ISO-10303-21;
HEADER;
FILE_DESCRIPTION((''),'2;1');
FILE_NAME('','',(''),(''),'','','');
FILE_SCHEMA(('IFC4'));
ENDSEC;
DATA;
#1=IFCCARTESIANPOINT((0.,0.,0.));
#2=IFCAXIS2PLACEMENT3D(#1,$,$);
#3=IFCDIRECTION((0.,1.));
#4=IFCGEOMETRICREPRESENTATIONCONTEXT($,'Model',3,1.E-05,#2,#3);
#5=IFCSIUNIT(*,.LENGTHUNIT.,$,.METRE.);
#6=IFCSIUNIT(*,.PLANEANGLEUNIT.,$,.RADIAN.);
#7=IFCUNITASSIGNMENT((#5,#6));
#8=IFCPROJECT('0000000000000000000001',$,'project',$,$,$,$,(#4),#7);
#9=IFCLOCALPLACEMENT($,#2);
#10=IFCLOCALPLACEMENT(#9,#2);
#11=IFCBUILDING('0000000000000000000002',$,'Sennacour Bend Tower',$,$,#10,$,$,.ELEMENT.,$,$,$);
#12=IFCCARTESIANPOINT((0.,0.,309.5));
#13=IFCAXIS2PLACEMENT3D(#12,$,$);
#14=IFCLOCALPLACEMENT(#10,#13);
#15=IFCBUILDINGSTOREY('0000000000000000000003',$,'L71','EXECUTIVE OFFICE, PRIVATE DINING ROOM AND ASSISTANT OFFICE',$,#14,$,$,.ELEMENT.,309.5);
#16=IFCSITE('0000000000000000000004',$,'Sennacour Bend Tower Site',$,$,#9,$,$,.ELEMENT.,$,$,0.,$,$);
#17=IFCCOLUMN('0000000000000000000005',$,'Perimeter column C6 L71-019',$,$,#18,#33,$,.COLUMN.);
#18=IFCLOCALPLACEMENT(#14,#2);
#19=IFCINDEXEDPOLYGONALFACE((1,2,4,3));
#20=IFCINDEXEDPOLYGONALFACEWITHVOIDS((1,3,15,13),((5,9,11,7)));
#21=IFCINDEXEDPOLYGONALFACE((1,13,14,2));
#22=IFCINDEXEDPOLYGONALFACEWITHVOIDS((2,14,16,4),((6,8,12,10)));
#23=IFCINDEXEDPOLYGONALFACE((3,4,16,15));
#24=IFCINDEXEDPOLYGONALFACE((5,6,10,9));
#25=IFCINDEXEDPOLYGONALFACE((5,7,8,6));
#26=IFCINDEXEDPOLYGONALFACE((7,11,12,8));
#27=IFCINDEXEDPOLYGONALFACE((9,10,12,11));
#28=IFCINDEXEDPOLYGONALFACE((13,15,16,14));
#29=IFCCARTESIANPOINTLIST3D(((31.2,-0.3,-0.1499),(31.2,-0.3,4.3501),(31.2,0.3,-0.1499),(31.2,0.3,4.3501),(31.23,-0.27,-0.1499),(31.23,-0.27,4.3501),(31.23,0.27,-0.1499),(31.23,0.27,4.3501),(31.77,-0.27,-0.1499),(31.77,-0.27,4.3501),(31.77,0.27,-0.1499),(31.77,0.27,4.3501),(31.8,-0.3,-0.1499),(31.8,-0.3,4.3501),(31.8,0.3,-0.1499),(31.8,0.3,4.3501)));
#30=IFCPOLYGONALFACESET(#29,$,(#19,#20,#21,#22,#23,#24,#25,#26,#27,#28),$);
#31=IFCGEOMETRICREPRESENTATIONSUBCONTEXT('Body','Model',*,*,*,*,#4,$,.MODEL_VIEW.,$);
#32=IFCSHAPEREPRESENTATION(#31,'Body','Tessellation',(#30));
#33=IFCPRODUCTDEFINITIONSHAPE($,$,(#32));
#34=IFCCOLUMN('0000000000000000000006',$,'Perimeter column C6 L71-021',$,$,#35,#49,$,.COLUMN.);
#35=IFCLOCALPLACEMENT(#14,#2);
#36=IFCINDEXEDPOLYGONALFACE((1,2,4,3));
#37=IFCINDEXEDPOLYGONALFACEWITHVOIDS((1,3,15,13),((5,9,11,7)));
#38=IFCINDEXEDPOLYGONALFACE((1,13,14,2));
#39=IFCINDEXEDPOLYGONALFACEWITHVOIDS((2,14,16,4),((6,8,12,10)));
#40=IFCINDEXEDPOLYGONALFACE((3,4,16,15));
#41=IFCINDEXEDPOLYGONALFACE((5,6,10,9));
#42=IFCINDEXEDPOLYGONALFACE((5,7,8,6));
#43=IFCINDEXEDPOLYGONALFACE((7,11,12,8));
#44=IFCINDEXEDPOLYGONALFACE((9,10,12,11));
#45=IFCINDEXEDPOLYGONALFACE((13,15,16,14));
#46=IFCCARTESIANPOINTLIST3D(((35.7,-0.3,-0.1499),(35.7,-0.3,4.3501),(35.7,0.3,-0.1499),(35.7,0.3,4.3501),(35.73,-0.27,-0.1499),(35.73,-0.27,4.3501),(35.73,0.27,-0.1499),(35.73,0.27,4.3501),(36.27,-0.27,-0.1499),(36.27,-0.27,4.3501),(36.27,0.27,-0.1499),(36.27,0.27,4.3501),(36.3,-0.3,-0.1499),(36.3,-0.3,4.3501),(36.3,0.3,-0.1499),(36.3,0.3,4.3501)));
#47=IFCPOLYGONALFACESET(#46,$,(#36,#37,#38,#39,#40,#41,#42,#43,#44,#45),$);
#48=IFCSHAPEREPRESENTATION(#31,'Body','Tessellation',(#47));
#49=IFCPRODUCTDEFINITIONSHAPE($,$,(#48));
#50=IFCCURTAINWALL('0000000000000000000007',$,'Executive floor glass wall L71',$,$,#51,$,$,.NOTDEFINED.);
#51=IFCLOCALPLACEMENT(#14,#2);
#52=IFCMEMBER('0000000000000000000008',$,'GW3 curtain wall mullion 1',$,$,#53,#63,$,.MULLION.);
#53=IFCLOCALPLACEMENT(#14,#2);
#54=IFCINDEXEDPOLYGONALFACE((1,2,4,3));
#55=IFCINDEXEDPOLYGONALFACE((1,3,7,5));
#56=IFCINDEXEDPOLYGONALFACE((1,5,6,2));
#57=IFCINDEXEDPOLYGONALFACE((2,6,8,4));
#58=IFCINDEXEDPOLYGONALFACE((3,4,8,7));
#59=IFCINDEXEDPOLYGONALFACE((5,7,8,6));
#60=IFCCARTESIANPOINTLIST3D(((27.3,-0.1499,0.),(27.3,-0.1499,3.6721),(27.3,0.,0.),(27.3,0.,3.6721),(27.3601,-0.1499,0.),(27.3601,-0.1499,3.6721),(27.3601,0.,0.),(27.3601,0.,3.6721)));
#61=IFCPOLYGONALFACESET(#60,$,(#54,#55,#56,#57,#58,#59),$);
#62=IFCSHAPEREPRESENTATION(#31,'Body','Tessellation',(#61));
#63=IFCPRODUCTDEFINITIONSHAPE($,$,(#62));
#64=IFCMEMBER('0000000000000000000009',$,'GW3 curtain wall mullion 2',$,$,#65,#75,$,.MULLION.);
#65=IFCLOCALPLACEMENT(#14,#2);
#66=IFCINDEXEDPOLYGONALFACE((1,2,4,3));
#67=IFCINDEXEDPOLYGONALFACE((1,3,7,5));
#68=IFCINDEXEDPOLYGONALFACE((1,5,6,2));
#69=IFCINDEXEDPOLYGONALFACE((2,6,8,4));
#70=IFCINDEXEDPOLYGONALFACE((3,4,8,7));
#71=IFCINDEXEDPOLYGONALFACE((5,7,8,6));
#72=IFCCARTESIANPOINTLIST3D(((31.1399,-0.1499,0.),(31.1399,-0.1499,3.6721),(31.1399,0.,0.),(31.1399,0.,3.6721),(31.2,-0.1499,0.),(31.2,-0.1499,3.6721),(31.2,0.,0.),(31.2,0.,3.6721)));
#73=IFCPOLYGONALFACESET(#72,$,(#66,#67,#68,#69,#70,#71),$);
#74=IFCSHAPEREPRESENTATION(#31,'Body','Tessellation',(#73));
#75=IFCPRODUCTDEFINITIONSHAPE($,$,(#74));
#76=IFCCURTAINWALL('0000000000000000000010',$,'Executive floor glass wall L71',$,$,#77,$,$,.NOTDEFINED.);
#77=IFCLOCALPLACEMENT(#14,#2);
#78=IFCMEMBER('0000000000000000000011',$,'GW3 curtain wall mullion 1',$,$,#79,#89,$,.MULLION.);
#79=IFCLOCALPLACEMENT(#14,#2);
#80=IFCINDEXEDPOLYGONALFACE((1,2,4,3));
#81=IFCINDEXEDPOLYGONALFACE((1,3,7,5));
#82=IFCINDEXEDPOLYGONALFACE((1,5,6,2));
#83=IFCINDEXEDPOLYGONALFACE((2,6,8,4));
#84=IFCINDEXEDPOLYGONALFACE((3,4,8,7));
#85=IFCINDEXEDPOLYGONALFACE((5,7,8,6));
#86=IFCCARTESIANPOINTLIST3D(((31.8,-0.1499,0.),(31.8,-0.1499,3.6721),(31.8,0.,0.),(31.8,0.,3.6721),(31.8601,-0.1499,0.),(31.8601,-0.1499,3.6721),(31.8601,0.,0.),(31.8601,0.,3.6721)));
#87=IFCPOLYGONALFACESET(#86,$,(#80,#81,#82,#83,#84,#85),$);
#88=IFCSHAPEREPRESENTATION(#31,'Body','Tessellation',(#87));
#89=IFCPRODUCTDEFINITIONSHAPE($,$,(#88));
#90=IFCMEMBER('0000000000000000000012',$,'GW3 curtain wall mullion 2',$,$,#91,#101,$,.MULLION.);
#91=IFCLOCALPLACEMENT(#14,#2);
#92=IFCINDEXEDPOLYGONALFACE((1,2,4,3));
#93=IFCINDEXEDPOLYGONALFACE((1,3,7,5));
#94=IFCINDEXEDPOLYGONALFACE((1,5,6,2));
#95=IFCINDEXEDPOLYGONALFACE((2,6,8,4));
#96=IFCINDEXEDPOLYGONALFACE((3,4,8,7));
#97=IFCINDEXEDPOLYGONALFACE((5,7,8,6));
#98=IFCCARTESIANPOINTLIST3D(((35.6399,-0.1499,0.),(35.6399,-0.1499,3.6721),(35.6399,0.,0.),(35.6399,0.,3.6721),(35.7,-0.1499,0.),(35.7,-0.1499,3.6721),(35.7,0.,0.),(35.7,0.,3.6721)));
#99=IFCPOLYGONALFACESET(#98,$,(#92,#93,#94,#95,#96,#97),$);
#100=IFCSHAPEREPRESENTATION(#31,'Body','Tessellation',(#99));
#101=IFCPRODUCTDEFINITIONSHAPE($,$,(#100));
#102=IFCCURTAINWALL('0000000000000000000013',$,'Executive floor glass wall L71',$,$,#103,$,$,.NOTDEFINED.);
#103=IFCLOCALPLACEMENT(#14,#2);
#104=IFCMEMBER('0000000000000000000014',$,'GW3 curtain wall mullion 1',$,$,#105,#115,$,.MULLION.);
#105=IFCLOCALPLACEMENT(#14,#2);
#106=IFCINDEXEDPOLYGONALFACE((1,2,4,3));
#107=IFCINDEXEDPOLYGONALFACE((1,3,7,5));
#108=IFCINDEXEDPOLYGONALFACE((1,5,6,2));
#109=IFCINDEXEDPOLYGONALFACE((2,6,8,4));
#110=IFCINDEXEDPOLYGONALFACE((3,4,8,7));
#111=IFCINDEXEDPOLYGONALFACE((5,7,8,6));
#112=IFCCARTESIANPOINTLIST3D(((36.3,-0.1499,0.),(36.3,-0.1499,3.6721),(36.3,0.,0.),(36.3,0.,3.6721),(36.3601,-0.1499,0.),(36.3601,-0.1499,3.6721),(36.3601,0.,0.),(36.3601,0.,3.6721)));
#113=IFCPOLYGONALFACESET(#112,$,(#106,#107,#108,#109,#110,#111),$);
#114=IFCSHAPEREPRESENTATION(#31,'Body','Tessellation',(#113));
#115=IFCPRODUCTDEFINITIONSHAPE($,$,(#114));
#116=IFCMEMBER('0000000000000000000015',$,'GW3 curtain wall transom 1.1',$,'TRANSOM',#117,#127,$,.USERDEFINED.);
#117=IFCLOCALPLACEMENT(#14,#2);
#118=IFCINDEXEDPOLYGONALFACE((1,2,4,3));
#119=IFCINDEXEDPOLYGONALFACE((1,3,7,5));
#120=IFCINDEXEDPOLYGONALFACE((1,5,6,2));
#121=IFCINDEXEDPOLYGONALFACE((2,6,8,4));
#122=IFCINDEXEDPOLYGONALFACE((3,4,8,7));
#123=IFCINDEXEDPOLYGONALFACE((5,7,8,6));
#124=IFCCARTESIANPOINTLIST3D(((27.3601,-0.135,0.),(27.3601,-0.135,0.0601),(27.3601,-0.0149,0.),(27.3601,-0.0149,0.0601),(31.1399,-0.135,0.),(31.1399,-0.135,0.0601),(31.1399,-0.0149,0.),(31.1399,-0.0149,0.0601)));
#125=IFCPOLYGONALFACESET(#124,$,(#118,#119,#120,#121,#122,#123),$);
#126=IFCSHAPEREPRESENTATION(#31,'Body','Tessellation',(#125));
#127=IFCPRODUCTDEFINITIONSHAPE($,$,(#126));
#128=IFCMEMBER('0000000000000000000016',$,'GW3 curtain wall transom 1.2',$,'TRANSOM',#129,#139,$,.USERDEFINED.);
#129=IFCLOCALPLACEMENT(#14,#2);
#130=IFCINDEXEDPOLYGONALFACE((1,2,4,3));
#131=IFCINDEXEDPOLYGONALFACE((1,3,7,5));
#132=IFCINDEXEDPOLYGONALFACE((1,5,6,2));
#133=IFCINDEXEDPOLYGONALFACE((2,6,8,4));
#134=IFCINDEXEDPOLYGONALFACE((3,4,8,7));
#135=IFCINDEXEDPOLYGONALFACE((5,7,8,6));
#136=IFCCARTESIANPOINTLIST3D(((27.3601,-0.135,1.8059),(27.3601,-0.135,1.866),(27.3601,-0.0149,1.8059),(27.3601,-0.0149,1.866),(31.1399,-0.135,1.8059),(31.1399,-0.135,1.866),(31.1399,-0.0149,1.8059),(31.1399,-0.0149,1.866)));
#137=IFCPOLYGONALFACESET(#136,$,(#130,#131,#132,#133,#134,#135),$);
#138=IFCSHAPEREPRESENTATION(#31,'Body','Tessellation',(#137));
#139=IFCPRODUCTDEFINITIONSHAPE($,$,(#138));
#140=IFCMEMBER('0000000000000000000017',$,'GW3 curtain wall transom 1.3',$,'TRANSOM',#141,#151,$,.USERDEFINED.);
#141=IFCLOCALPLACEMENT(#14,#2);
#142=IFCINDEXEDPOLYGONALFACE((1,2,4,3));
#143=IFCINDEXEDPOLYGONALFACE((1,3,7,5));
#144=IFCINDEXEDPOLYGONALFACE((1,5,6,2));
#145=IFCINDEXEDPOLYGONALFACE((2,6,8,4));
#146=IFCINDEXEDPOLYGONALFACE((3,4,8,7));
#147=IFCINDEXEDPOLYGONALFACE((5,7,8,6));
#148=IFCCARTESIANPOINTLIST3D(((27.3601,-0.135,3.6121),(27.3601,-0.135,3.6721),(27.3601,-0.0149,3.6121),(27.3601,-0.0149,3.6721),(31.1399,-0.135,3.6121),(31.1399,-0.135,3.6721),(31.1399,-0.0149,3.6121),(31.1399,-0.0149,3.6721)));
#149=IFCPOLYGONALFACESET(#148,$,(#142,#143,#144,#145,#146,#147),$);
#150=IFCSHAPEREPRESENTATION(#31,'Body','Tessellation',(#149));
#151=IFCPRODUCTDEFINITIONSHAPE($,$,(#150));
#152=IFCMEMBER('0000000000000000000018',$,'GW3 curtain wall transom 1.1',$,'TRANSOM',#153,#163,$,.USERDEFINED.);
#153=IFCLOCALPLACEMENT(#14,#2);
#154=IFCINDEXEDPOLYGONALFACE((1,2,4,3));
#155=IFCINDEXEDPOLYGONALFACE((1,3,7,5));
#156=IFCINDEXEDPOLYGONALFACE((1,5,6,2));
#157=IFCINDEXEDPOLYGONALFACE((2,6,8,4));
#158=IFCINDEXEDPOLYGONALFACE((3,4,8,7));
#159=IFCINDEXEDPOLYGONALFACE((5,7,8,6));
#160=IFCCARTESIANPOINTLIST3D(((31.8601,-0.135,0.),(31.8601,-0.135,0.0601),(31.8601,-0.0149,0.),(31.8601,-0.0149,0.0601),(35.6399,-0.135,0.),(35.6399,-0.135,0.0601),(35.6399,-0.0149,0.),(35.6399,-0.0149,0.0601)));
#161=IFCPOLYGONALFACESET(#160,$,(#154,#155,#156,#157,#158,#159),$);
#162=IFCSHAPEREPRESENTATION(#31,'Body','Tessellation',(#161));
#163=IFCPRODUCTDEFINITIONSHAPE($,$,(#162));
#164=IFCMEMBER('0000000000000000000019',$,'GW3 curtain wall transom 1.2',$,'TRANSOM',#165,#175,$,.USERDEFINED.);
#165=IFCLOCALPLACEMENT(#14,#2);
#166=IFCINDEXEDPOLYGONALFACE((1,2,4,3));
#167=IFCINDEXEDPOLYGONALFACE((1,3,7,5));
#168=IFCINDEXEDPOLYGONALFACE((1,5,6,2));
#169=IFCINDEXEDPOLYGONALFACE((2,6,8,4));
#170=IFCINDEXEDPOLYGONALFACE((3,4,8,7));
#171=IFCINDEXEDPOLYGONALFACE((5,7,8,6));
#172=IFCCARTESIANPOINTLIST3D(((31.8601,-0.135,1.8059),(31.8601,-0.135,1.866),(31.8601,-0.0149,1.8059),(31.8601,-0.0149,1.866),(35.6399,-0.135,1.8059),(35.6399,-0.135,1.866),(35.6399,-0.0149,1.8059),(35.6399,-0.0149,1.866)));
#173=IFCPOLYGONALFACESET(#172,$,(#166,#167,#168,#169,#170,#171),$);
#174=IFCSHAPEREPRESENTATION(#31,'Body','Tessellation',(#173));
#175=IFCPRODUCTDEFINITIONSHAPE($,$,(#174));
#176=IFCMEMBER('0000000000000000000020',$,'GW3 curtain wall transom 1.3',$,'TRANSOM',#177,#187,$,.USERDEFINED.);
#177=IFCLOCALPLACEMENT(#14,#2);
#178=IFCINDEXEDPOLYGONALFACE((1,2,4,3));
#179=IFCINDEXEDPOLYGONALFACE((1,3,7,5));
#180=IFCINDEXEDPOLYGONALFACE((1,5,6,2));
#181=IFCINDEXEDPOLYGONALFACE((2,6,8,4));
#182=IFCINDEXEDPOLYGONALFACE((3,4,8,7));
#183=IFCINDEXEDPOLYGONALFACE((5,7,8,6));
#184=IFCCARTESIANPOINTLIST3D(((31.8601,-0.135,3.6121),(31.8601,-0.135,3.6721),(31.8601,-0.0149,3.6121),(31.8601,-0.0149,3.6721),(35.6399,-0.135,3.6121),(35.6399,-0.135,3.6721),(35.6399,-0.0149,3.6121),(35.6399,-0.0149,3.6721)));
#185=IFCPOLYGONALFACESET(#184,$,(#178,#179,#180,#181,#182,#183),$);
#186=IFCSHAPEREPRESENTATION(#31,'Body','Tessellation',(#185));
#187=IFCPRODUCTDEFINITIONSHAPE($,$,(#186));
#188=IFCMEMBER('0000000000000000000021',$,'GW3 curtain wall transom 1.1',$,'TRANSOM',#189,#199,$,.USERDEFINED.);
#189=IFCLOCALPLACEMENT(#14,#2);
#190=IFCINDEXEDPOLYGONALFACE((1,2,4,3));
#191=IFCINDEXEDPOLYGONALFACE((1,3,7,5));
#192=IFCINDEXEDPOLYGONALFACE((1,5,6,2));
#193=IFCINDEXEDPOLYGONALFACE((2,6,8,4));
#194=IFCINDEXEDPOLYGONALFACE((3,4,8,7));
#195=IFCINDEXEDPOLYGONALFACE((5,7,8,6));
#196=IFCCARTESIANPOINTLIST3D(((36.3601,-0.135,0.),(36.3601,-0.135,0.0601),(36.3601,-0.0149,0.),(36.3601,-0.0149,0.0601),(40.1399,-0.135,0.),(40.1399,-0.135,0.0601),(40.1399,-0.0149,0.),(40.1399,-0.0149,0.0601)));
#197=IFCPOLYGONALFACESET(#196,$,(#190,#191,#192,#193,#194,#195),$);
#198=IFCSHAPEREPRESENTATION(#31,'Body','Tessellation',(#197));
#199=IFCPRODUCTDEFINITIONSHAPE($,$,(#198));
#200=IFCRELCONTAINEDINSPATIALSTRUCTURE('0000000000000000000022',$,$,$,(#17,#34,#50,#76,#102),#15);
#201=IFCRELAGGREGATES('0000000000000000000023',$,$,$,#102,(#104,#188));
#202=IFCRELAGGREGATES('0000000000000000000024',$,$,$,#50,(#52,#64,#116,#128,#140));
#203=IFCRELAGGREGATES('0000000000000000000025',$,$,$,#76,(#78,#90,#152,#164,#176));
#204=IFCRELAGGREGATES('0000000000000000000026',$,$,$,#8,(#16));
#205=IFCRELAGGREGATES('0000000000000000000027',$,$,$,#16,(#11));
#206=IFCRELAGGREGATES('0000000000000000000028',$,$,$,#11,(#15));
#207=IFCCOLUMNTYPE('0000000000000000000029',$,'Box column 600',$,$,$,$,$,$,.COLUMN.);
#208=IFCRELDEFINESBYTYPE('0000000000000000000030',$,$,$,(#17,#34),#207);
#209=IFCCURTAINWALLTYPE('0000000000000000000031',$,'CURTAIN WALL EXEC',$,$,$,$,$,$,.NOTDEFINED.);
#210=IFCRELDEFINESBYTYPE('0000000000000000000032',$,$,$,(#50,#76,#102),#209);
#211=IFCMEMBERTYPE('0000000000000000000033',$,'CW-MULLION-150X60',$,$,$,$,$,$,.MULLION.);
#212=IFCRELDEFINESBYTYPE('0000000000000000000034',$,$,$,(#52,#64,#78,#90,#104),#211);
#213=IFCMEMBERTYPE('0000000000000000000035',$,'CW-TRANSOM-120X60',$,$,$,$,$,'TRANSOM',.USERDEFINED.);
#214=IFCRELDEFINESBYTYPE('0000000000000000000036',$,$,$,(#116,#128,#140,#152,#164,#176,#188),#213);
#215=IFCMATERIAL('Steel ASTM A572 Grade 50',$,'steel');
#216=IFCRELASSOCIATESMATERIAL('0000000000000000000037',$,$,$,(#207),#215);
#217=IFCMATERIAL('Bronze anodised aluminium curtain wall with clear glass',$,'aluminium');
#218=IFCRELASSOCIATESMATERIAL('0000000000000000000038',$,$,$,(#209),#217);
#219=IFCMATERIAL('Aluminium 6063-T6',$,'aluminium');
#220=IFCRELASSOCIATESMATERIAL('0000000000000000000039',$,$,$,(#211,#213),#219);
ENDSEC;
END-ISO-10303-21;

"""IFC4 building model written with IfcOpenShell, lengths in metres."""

from ifc_helpers import new_model, si_unit, direction, frame, origin, origin_2d, place, context, subcontext, project, spatial, rectangle, hollow_rectangle, extrude, material, material_profile, profile_set, type_object, element, aggregate, save


model = new_model("IFC4")

# Units and contexts
model_context = context("Model", 3, precision=1e-05, world=origin(), true_north=direction((0.0, 1.0)))
body_context = subcontext(model_context, "Body", "Model", "MODEL_VIEW")
ifc_project = project(units=[si_unit("LENGTHUNIT", "METRE"), si_unit("PLANEANGLEUNIT", "RADIAN")], contexts=[model_context])

# Site, building, storey
site_placement = place(None, origin())
site = spatial("IfcSite", under=ifc_project, at=site_placement, Name="Sennacour Bend Tower Site", CompositionType="ELEMENT", RefElevation=0.0)
building_placement = place(site_placement, origin())
building = spatial("IfcBuilding", under=site, at=building_placement, Name="Sennacour Bend Tower", CompositionType="ELEMENT")
storey_placement = place(building_placement, frame((0.0, 0.0, 309.5)))
storey = spatial("IfcBuildingStorey", under=building, at=storey_placement, Name="L71", Description="EXECUTIVE OFFICE, PRIVATE DINING ROOM AND ASSISTANT OFFICE", CompositionType="ELEMENT", Elevation=309.5)

# Columns
ifc_material_1 = material(Name="Steel ASTM A572 Grade 50", Category="steel")
ifc_material_profile_1 = material_profile(ifc_material_1, hollow_rectangle(XDim=0.6001, YDim=0.6001, WallThickness=0.03, at=origin_2d()), Name="Steel ASTM A572 Grade 50", Category="steel")
ifc_profile_set_1 = profile_set([ifc_material_profile_1], Name="Steel ASTM A572 Grade 50")
column_type = type_object("IfcColumnType", Name="Box column 600", PredefinedType="COLUMN", material=ifc_profile_set_1)
for number, where, z_axis, x_axis, name in (
    (1, (31.5, 0.0, -0.1499), (0.0, 0.0, 1.0), (1.0, 0.0, 0.0), "Perimeter column C6 L71-019"),
    (2, (36.0, 0.0, -0.1499), (0.0, 0.0, 1.0), (1.0, 0.0, 0.0), "Perimeter column C6 L71-021"),
):
    element("IfcColumn", number, at=place(storey_placement, frame(where, z_axis=z_axis, x_axis=x_axis)), inside=storey, type_object=column_type, Name=name, PredefinedType="COLUMN", context=body_context, shape_type="SweptSolid", body=[
        extrude(hollow_rectangle(XDim=0.6001, YDim=0.6001, WallThickness=0.03, at=origin_2d()), origin(), (0.0, 0.0, 1.0), 4.5),
    ])

# Curtain walls, members
ifc_material_2 = material(Name="Bronze anodised aluminium curtain wall with clear glass", Category="aluminium")
curtain_wall_type = type_object("IfcCurtainWallType", Name="CURTAIN WALL EXEC", PredefinedType="NOTDEFINED", material=ifc_material_2)
curtain_wall_1_placement = place(storey_placement, origin())
curtain_wall_1 = element("IfcCurtainWall", 3, at=curtain_wall_1_placement, inside=storey, type_object=curtain_wall_type, Name="Executive floor glass wall L71", PredefinedType="NOTDEFINED")
ifc_material_3 = material(Name="Aluminium 6063-T6", Category="aluminium")
ifc_material_profile_2 = material_profile(ifc_material_3, rectangle(XDim=0.1499, YDim=0.0601, at=origin_2d()), Name="Aluminium 6063-T6", Category="aluminium")
ifc_profile_set_2 = profile_set([ifc_material_profile_2], Name="Aluminium 6063-T6")
member_type_1 = type_object("IfcMemberType", Name="CW-MULLION-150X60", PredefinedType="MULLION", material=ifc_profile_set_2)
member_1_placement = place(storey_placement, frame((27.3301, -0.075, 0.0), z_axis=(0.0, 0.0, 1.0), x_axis=(0.0, 1.0, 0.0)))
member_1 = element("IfcMember", 4, at=member_1_placement, type_object=member_type_1, Name="GW3 curtain wall mullion 1", PredefinedType="MULLION", context=body_context, shape_type="SweptSolid", body=[
    extrude(rectangle(XDim=0.1499, YDim=0.0601, at=origin_2d()), origin(), (0.0, 0.0, 1.0), 3.6721),
])
member_2_placement = place(storey_placement, frame((31.1699, -0.075, 0.0), z_axis=(0.0, 0.0, 1.0), x_axis=(0.0, 1.0, 0.0)))
member_2 = element("IfcMember", 5, at=member_2_placement, type_object=member_type_1, Name="GW3 curtain wall mullion 2", PredefinedType="MULLION", context=body_context, shape_type="SweptSolid", body=[
    extrude(rectangle(XDim=0.1499, YDim=0.0601, at=origin_2d()), origin(), (0.0, 0.0, 1.0), 3.6721),
])
curtain_wall_2_placement = place(storey_placement, origin())
curtain_wall_2 = element("IfcCurtainWall", 6, at=curtain_wall_2_placement, inside=storey, type_object=curtain_wall_type, Name="Executive floor glass wall L71", PredefinedType="NOTDEFINED")
member_3_placement = place(storey_placement, frame((31.8301, -0.075, 0.0), z_axis=(0.0, 0.0, 1.0), x_axis=(0.0, 1.0, 0.0)))
member_3 = element("IfcMember", 7, at=member_3_placement, type_object=member_type_1, Name="GW3 curtain wall mullion 1", PredefinedType="MULLION", context=body_context, shape_type="SweptSolid", body=[
    extrude(rectangle(XDim=0.1499, YDim=0.0601, at=origin_2d()), origin(), (0.0, 0.0, 1.0), 3.6721),
])
member_4_placement = place(storey_placement, frame((35.6699, -0.075, 0.0), z_axis=(0.0, 0.0, 1.0), x_axis=(0.0, 1.0, 0.0)))
member_4 = element("IfcMember", 8, at=member_4_placement, type_object=member_type_1, Name="GW3 curtain wall mullion 2", PredefinedType="MULLION", context=body_context, shape_type="SweptSolid", body=[
    extrude(rectangle(XDim=0.1499, YDim=0.0601, at=origin_2d()), origin(), (0.0, 0.0, 1.0), 3.6721),
])

# Curtain wall, member
curtain_wall_3_placement = place(storey_placement, origin())
curtain_wall_3 = element("IfcCurtainWall", 9, at=curtain_wall_3_placement, inside=storey, type_object=curtain_wall_type, Name="Executive floor glass wall L71", PredefinedType="NOTDEFINED")
member_5_placement = place(storey_placement, frame((36.3301, -0.075, 0.0), z_axis=(0.0, 0.0, 1.0), x_axis=(0.0, 1.0, 0.0)))
member_5 = element("IfcMember", 10, at=member_5_placement, type_object=member_type_1, Name="GW3 curtain wall mullion 1", PredefinedType="MULLION", context=body_context, shape_type="SweptSolid", body=[
    extrude(rectangle(XDim=0.1499, YDim=0.0601, at=origin_2d()), origin(), (0.0, 0.0, 1.0), 3.6721),
])

# Members
ifc_material_profile_3 = material_profile(ifc_material_3, rectangle(XDim=0.1201, YDim=0.0601, at=origin_2d()), Name="Aluminium 6063-T6", Category="aluminium")
ifc_profile_set_3 = profile_set([ifc_material_profile_3], Name="Aluminium 6063-T6")
member_type_2 = type_object("IfcMemberType", Name="CW-TRANSOM-120X60", ElementType="TRANSOM", PredefinedType="USERDEFINED", material=ifc_profile_set_3)
member_6_placement = place(storey_placement, frame((27.3601, -0.075, 0.03), z_axis=(1.0, 0.0, 0.0), x_axis=(0.0, 1.0, 0.0)))
member_6 = element("IfcMember", 11, at=member_6_placement, type_object=member_type_2, Name="GW3 curtain wall transom 1.1", ObjectType="TRANSOM", PredefinedType="USERDEFINED", context=body_context, shape_type="SweptSolid", body=[
    extrude(rectangle(XDim=0.1201, YDim=0.0601, at=origin_2d()), origin(), (0.0, 0.0, 1.0), 3.7798),
])
member_7_placement = place(storey_placement, frame((27.3601, -0.075, 1.8359), z_axis=(1.0, 0.0, 0.0), x_axis=(0.0, 1.0, 0.0)))
member_7 = element("IfcMember", 12, at=member_7_placement, type_object=member_type_2, Name="GW3 curtain wall transom 1.2", ObjectType="TRANSOM", PredefinedType="USERDEFINED", context=body_context, shape_type="SweptSolid", body=[
    extrude(rectangle(XDim=0.1201, YDim=0.0601, at=origin_2d()), origin(), (0.0, 0.0, 1.0), 3.7798),
])
member_8_placement = place(storey_placement, frame((27.3601, -0.075, 3.6421), z_axis=(1.0, 0.0, 0.0), x_axis=(0.0, 1.0, 0.0)))
member_8 = element("IfcMember", 13, at=member_8_placement, type_object=member_type_2, Name="GW3 curtain wall transom 1.3", ObjectType="TRANSOM", PredefinedType="USERDEFINED", context=body_context, shape_type="SweptSolid", body=[
    extrude(rectangle(XDim=0.1201, YDim=0.0601, at=origin_2d()), origin(), (0.0, 0.0, 1.0), 3.7798),
])
member_9_placement = place(storey_placement, frame((31.8601, -0.075, 0.03), z_axis=(1.0, 0.0, 0.0), x_axis=(0.0, 1.0, 0.0)))
member_9 = element("IfcMember", 14, at=member_9_placement, type_object=member_type_2, Name="GW3 curtain wall transom 1.1", ObjectType="TRANSOM", PredefinedType="USERDEFINED", context=body_context, shape_type="SweptSolid", body=[
    extrude(rectangle(XDim=0.1201, YDim=0.0601, at=origin_2d()), origin(), (0.0, 0.0, 1.0), 3.7798),
])
member_10_placement = place(storey_placement, frame((31.8601, -0.075, 1.8359), z_axis=(1.0, 0.0, 0.0), x_axis=(0.0, 1.0, 0.0)))
member_10 = element("IfcMember", 15, at=member_10_placement, type_object=member_type_2, Name="GW3 curtain wall transom 1.2", ObjectType="TRANSOM", PredefinedType="USERDEFINED", context=body_context, shape_type="SweptSolid", body=[
    extrude(rectangle(XDim=0.1201, YDim=0.0601, at=origin_2d()), origin(), (0.0, 0.0, 1.0), 3.7798),
])
member_11_placement = place(storey_placement, frame((31.8601, -0.075, 3.6421), z_axis=(1.0, 0.0, 0.0), x_axis=(0.0, 1.0, 0.0)))
member_11 = element("IfcMember", 16, at=member_11_placement, type_object=member_type_2, Name="GW3 curtain wall transom 1.3", ObjectType="TRANSOM", PredefinedType="USERDEFINED", context=body_context, shape_type="SweptSolid", body=[
    extrude(rectangle(XDim=0.1201, YDim=0.0601, at=origin_2d()), origin(), (0.0, 0.0, 1.0), 3.7798),
])
member_12_placement = place(storey_placement, frame((36.3601, -0.075, 0.03), z_axis=(1.0, 0.0, 0.0), x_axis=(0.0, 1.0, 0.0)))
member_12 = element("IfcMember", 17, at=member_12_placement, type_object=member_type_2, Name="GW3 curtain wall transom 1.1", ObjectType="TRANSOM", PredefinedType="USERDEFINED", context=body_context, shape_type="SweptSolid", body=[
    extrude(rectangle(XDim=0.1201, YDim=0.0601, at=origin_2d()), origin(), (0.0, 0.0, 1.0), 3.7798),
])
aggregate(curtain_wall_3, [member_5, member_12])

aggregate(curtain_wall_1, [member_1, member_2, member_6, member_7, member_8])
aggregate(curtain_wall_2, [member_3, member_4, member_9, member_10, member_11])

save(model, "model.ifc")
